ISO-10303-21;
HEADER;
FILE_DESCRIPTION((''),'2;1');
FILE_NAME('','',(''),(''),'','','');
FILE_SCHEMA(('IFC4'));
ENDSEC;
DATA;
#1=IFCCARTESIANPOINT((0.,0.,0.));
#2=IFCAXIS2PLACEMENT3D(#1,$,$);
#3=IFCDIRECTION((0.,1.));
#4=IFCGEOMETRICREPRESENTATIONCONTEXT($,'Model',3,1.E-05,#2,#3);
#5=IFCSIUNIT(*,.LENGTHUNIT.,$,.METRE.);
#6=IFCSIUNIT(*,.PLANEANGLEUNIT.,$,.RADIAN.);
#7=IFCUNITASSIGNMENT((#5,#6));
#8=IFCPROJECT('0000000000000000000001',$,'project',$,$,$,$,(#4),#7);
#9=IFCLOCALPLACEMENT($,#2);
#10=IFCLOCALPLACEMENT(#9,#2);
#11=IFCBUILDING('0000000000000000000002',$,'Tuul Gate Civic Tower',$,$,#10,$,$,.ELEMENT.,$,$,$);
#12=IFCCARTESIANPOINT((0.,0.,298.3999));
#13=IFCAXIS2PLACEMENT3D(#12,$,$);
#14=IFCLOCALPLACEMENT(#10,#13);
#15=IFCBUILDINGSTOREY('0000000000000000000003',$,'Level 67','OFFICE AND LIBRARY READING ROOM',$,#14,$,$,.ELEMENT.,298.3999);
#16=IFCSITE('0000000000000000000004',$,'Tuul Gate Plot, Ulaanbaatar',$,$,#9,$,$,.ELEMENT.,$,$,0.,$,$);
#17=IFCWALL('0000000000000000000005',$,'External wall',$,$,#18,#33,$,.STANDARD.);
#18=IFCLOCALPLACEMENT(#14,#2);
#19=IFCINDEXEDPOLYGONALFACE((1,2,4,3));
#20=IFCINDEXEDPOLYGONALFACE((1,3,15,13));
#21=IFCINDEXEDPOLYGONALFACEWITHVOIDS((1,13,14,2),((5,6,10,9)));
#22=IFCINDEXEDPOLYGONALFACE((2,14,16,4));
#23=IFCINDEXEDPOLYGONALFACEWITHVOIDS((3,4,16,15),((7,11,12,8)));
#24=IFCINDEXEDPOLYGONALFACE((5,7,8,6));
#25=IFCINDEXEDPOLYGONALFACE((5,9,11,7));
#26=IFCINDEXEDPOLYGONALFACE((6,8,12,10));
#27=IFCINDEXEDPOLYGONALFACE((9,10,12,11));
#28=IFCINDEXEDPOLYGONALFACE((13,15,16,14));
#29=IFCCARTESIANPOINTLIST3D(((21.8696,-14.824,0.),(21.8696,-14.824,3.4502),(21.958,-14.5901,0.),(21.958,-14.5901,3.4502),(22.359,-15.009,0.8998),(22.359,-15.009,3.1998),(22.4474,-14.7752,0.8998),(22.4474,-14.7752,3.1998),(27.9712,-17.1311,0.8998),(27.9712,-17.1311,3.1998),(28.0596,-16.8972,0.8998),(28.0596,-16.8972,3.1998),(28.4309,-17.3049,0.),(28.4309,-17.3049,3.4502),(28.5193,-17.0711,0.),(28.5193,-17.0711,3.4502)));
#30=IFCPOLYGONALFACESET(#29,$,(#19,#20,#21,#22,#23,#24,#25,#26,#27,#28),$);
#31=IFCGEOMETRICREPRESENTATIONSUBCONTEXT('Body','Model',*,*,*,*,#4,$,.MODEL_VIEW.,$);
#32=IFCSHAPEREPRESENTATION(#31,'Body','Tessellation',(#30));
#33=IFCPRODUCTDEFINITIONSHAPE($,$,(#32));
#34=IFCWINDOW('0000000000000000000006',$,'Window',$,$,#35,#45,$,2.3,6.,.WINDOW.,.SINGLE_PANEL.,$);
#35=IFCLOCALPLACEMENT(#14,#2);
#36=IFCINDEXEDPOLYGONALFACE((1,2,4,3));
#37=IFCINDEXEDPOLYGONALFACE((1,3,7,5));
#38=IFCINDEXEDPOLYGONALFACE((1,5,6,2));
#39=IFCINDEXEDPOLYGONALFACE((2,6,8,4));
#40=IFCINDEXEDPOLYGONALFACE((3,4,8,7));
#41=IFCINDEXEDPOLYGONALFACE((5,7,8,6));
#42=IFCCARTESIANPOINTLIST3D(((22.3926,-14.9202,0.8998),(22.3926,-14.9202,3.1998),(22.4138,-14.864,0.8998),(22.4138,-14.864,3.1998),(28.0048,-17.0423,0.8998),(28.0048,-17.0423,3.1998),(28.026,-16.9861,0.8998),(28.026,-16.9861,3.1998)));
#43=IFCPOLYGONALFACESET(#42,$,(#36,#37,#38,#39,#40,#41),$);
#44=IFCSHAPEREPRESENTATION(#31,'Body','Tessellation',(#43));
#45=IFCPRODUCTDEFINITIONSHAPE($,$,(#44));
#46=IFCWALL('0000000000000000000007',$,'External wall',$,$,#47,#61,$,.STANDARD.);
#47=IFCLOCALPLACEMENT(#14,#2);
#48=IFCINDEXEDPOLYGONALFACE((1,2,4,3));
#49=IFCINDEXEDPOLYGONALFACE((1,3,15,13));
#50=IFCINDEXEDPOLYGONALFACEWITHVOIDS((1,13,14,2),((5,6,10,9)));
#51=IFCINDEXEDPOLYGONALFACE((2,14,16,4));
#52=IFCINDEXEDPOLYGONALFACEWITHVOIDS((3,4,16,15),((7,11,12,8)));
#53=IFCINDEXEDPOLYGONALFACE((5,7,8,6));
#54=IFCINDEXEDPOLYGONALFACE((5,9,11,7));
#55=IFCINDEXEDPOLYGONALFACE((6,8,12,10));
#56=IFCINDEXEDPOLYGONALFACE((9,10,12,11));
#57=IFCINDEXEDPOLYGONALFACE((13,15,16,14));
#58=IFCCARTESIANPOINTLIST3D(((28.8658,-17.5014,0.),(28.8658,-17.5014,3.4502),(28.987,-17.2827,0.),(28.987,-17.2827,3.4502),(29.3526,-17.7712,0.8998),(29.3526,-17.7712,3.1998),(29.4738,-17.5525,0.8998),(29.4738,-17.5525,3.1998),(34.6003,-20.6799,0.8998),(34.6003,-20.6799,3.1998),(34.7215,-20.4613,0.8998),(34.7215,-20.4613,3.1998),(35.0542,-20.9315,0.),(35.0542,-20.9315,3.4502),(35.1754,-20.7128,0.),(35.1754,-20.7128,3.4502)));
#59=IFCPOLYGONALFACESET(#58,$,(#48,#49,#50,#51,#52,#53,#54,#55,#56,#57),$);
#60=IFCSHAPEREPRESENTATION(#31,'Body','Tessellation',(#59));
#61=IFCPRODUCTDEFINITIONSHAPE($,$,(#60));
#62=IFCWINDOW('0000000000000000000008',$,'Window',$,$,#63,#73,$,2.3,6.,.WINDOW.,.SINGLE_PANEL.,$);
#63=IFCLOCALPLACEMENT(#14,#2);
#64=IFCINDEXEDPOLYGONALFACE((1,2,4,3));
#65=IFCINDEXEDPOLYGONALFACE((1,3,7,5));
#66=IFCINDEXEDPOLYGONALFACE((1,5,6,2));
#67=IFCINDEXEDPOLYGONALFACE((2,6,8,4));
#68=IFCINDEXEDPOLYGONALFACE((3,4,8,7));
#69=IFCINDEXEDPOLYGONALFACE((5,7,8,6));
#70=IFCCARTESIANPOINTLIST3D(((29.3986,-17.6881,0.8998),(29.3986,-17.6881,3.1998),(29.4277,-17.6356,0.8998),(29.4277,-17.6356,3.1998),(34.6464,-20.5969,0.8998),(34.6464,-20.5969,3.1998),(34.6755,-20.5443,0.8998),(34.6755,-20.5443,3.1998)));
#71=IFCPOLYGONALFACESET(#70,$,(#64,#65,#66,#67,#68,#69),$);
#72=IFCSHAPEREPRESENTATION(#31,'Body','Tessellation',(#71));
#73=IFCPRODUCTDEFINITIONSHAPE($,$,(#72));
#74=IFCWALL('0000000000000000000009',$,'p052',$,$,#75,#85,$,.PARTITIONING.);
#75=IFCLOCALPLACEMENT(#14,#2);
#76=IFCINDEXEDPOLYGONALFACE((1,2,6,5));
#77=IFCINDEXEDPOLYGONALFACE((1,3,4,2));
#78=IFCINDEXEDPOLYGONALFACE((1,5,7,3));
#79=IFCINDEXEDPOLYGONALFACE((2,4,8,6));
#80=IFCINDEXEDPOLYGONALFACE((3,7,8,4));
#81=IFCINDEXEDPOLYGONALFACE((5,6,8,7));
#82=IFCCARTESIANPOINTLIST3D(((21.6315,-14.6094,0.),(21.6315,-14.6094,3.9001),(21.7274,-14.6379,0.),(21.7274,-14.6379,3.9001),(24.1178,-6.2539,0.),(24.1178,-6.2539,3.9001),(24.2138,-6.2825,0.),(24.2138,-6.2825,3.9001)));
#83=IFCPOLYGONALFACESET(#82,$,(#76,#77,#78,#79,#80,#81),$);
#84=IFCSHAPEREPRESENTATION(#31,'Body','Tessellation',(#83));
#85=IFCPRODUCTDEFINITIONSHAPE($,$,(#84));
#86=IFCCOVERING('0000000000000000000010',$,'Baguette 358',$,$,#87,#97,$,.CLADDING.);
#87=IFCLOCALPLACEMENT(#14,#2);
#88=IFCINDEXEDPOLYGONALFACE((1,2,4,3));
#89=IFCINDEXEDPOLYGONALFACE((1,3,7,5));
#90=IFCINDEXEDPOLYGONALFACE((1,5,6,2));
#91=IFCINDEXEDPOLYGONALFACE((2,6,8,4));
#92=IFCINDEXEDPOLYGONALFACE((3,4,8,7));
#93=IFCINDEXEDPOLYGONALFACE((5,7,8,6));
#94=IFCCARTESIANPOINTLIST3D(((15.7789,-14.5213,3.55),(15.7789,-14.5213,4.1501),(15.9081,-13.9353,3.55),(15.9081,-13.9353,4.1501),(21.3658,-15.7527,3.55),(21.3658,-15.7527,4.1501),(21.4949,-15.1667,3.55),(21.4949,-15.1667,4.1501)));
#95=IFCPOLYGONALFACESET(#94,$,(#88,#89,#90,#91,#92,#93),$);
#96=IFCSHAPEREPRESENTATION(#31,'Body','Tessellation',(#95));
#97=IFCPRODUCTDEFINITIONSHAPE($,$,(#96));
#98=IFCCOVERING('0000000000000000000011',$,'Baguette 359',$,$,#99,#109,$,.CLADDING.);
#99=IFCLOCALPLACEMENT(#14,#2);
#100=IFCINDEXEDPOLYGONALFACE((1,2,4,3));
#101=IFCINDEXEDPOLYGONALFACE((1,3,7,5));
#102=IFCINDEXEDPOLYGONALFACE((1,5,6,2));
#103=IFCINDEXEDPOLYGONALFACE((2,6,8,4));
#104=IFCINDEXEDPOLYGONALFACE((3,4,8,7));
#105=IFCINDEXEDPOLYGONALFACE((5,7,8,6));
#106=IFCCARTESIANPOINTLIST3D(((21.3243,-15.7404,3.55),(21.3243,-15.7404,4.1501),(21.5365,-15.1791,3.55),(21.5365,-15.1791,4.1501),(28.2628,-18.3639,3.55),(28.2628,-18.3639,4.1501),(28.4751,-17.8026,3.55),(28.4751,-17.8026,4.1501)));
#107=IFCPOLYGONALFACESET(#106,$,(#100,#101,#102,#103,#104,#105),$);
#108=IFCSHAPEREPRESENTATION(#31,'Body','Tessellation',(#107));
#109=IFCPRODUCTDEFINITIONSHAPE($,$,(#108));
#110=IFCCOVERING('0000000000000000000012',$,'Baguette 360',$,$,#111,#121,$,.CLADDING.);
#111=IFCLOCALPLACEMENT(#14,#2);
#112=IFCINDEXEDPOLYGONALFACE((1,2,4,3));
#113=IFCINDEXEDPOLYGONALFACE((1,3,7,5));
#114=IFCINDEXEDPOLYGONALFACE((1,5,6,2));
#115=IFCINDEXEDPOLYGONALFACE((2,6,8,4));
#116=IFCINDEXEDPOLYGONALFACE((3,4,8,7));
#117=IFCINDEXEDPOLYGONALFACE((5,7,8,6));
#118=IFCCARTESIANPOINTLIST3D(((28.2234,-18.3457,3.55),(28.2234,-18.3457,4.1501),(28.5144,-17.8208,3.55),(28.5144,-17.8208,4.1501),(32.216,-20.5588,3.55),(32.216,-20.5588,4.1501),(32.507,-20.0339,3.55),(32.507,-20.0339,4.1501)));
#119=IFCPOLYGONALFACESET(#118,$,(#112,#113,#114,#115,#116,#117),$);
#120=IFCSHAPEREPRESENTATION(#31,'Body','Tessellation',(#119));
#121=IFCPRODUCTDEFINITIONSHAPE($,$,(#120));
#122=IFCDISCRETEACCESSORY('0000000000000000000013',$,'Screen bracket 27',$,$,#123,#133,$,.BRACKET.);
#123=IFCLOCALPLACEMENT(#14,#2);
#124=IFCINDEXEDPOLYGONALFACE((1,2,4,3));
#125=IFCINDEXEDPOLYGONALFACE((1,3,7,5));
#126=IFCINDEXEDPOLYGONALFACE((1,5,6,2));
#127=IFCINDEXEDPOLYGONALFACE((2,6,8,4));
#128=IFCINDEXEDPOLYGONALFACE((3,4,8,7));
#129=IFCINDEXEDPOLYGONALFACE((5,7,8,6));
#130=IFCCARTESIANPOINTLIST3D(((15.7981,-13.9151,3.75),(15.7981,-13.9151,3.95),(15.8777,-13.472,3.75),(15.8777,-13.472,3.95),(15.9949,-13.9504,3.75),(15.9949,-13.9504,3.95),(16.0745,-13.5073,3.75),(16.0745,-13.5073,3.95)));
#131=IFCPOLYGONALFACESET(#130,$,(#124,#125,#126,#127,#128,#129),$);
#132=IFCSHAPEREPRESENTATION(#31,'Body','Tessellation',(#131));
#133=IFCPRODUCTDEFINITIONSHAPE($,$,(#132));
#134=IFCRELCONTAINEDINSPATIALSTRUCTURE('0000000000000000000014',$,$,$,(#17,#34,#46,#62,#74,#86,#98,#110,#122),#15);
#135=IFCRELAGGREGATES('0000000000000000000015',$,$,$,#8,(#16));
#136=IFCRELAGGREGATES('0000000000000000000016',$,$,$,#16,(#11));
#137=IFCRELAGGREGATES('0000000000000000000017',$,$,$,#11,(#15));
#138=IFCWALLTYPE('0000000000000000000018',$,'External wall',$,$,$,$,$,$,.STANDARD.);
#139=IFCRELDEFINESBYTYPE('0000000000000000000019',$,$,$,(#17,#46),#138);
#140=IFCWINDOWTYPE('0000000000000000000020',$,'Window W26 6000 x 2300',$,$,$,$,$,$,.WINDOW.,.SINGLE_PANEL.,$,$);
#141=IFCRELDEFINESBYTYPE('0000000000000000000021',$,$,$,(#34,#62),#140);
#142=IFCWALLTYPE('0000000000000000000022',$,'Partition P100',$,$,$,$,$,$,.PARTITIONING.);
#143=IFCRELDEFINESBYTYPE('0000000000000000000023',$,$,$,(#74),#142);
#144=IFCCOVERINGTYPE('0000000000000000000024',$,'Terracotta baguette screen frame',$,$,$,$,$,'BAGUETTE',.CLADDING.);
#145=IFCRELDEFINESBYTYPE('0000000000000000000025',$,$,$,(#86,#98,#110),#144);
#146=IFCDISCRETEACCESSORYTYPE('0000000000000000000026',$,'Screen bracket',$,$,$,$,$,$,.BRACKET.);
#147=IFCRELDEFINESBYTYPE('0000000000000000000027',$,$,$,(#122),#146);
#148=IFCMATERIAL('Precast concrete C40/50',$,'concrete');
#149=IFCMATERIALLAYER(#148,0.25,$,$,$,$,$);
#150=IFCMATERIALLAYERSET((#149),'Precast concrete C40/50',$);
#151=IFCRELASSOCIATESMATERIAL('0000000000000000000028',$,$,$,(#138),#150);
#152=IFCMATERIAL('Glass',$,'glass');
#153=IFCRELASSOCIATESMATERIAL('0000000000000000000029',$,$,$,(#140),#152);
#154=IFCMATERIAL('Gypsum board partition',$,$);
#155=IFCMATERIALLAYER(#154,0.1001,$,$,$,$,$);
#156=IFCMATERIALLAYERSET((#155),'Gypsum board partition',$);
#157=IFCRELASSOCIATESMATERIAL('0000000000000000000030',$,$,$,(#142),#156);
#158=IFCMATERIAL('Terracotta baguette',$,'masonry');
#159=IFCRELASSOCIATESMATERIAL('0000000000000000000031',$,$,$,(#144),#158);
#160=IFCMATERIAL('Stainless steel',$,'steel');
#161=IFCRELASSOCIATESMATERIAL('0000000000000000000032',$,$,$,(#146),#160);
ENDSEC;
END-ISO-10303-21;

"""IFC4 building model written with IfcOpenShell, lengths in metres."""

from ifc_helpers import new_model, si_unit, direction, frame, frame_2d, origin, origin_2d, place, context, subcontext, project, spatial, rectangle, extrude, material, layer, layer_set, material_profile, profile_set, type_object, element, fill, save


model = new_model("IFC4")

# Units and contexts
model_context = context("Model", 3, precision=1e-05, world=origin(), true_north=direction((0.0, 1.0)))
body_context = subcontext(model_context, "Body", "Model", "MODEL_VIEW")
ifc_project = project(units=[si_unit("LENGTHUNIT", "METRE"), si_unit("PLANEANGLEUNIT", "RADIAN")], contexts=[model_context])

# Site, building, storey
site_placement = place(None, origin())
site = spatial("IfcSite", under=ifc_project, at=site_placement, Name="Tuul Gate Plot, Ulaanbaatar", CompositionType="ELEMENT", RefElevation=0.0)
building_placement = place(site_placement, origin())
building = spatial("IfcBuilding", under=site, at=building_placement, Name="Tuul Gate Civic Tower", CompositionType="ELEMENT")
storey_placement = place(building_placement, frame((0.0, 0.0, 298.3999)))
storey = spatial("IfcBuildingStorey", under=building, at=storey_placement, Name="Level 67", Description="OFFICE AND LIBRARY READING ROOM", CompositionType="ELEMENT", Elevation=298.3999)

# Walls, openings, windows
ifc_material_1 = material(Name="Precast concrete C40/50", Category="concrete")
ifc_layer_1 = layer(ifc_material_1, 0.25)
ifc_layer_set_1 = layer_set([ifc_layer_1], Name="Precast concrete C40/50")
wall_type_1 = type_object("IfcWallType", Name="External wall", PredefinedType="STANDARD", material=ifc_layer_set_1)
ifc_material_2 = material(Name="Glass", Category="glass")
window_type = type_object("IfcWindowType", Name="Window W26 6000 x 2300", PartitioningType="SINGLE_PANEL", PredefinedType="WINDOW", material=ifc_material_2)
wall_1_placement = place(storey_placement, frame((21.9138, -14.707, 0.0), z_axis=(0.0, 0.0, 1.0), x_axis=(0.935366, -0.353681, 0.0)))
wall_1 = element("IfcWall", 1, at=wall_1_placement, inside=storey, type_object=wall_type_1, Name="External wall", PredefinedType="STANDARD", context=body_context, shape_type="SweptSolid", body=[
    extrude(rectangle(XDim=7.0146, YDim=0.25, at=frame_2d((3.5073, 0.0))), origin(), (0.0, 0.0, 1.0), 3.4502),
])
opening_1_placement = place(wall_1_placement, frame((0.5232, 0.0, 0.8999)))
opening_1 = element("IfcOpeningElement", 2, at=opening_1_placement, cuts=wall_1, PredefinedType="OPENING", context=body_context, shape_type="SweptSolid", body=[
    extrude(rectangle(XDim=6.0, YDim=2.3, at=frame_2d((3.0, 1.1499))), frame((0.0, 0.135, 0.0), z_axis=(0.0, -1.0, 0.0), x_axis=(1.0, 0.0, 0.0)), (0.0, 0.0, 1.0), 0.27),
])
window_1_placement = place(opening_1_placement, origin())
window_1 = element("IfcWindow", 3, at=window_1_placement, inside=storey, type_object=window_type, Name="Window", OverallHeight=2.3, OverallWidth=6.0, PartitioningType="SINGLE_PANEL", PredefinedType="WINDOW", context=body_context, shape_type="SweptSolid", body=[
    extrude(rectangle(XDim=6.0, YDim=2.3, at=frame_2d((3.0, 1.1499))), frame((0.0, 0.03, 0.0), z_axis=(0.0, -1.0, 0.0), x_axis=(1.0, 0.0, 0.0)), (0.0, 0.0, 1.0), 0.0601),
])
fill(opening_1, window_1)
wall_2_placement = place(storey_placement, frame((28.9265, -17.3921, 0.0), z_axis=(0.0, 0.0, 1.0), x_axis=(0.874629, -0.484793, 0.0)))
wall_2 = element("IfcWall", 4, at=wall_2_placement, inside=storey, type_object=wall_type_1, Name="External wall", PredefinedType="STANDARD", context=body_context, shape_type="SweptSolid", body=[
    extrude(rectangle(XDim=7.0754, YDim=0.25, at=frame_2d((3.5376, 0.0))), origin(), (0.0, 0.0, 1.0), 3.4502),
])
opening_2_placement = place(wall_2_placement, frame((0.5564, 0.0, 0.8999)))
opening_2 = element("IfcOpeningElement", 5, at=opening_2_placement, cuts=wall_2, PredefinedType="OPENING", context=body_context, shape_type="SweptSolid", body=[
    extrude(rectangle(XDim=6.0, YDim=2.3, at=frame_2d((3.0, 1.1499))), frame((0.0, 0.135, 0.0), z_axis=(0.0, -1.0, 0.0), x_axis=(1.0, 0.0, 0.0)), (0.0, 0.0, 1.0), 0.27),
])
window_2_placement = place(opening_2_placement, origin())
window_2 = element("IfcWindow", 6, at=window_2_placement, inside=storey, type_object=window_type, Name="Window", OverallHeight=2.3, OverallWidth=6.0, PartitioningType="SINGLE_PANEL", PredefinedType="WINDOW", context=body_context, shape_type="SweptSolid", body=[
    extrude(rectangle(XDim=6.0, YDim=2.3, at=frame_2d((3.0, 1.1499))), frame((0.0, 0.03, 0.0), z_axis=(0.0, -1.0, 0.0), x_axis=(1.0, 0.0, 0.0)), (0.0, 0.0, 1.0), 0.0601),
])
fill(opening_2, window_2)

# Wall
ifc_material_3 = material(Name="Gypsum board partition")
ifc_layer_2 = layer(ifc_material_3, 0.1001)
ifc_layer_set_2 = layer_set([ifc_layer_2], Name="Gypsum board partition")
wall_type_2 = type_object("IfcWallType", Name="Partition P100", PredefinedType="PARTITIONING", material=ifc_layer_set_2)
wall_3_placement = place(storey_placement, frame((21.6794, -14.6238, 0.0), z_axis=(0.0, 0.0, 1.0), x_axis=(0.285209, 0.958465, 0.0)))
element("IfcWall", 7, at=wall_3_placement, inside=storey, type_object=wall_type_2, Name="p052", PredefinedType="PARTITIONING", context=body_context, shape_type="SweptSolid", body=[
    extrude(rectangle(XDim=8.7175, YDim=0.1001, at=frame_2d((4.3589, 0.0))), origin(), (0.0, 0.0, 1.0), 3.9001),
])

# Coverings
ifc_material_4 = material(Name="Terracotta baguette", Category="masonry")
ifc_material_profile_1 = material_profile(ifc_material_4, rectangle(XDim=0.6001, YDim=0.6001, at=origin_2d()), Name="Terracotta baguette screen frame")
ifc_profile_set_1 = profile_set([ifc_material_profile_1], Name="Terracotta baguette")
covering_type = type_object("IfcCoveringType", Name="Terracotta baguette screen frame", ElementType="BAGUETTE", PredefinedType="CLADDING", material=ifc_profile_set_1)
covering_1_placement = place(storey_placement, frame((15.8435, -14.2283, 3.8501), z_axis=(0.976559, -0.215249, 0.0), x_axis=(0.215249, 0.976559, 0.0)))
element("IfcCovering", 8, at=covering_1_placement, inside=storey, type_object=covering_type, Name="Baguette 358", PredefinedType="CLADDING", context=body_context, shape_type="SweptSolid", body=[
    extrude(rectangle(XDim=0.6001, YDim=0.6001, at=origin_2d()), origin(), (0.0, 0.0, 1.0), 5.7209),
])
covering_2_placement = place(storey_placement, frame((21.4304, -15.4597, 3.8501), z_axis=(0.935368, -0.353676, 0.0), x_axis=(0.353676, 0.935368, 0.0)))
element("IfcCovering", 9, at=covering_2_placement, inside=storey, type_object=covering_type, Name="Baguette 359", PredefinedType="CLADDING", context=body_context, shape_type="SweptSolid", body=[
    extrude(rectangle(XDim=0.6001, YDim=0.6001, at=origin_2d()), origin(), (0.0, 0.0, 1.0), 7.418),
])
covering_3_placement = place(storey_placement, frame((28.3689, -18.0833, 3.8501), z_axis=(0.874624, -0.484803, 0.0), x_axis=(0.484803, 0.874624, 0.0)))
element("IfcCovering", 10, at=covering_3_placement, inside=storey, type_object=covering_type, Name="Baguette 360", PredefinedType="CLADDING", context=body_context, shape_type="SweptSolid", body=[
    extrude(rectangle(XDim=0.6001, YDim=0.6001, at=origin_2d()), origin(), (0.0, 0.0, 1.0), 4.5649),
])

# Discrete accessory
ifc_material_5 = material(Name="Stainless steel", Category="steel")
discrete_accessory_type = type_object("IfcDiscreteAccessoryType", Name="Screen bracket", PredefinedType="BRACKET", material=ifc_material_5)
discrete_accessory_placement = place(storey_placement, frame((15.9363, -13.7112, 3.75), z_axis=(0.0, 0.0, 1.0), x_axis=(-0.176727, -0.98426, 0.0)))
element("IfcDiscreteAccessory", 11, at=discrete_accessory_placement, inside=storey, type_object=discrete_accessory_type, Name="Screen bracket 27", PredefinedType="BRACKET", context=body_context, shape_type="SweptSolid", body=[
    extrude(rectangle(XDim=0.4502, YDim=0.2, at=origin_2d()), origin(), (0.0, 0.0, 1.0), 0.2),
])

save(model, "model.ifc")
